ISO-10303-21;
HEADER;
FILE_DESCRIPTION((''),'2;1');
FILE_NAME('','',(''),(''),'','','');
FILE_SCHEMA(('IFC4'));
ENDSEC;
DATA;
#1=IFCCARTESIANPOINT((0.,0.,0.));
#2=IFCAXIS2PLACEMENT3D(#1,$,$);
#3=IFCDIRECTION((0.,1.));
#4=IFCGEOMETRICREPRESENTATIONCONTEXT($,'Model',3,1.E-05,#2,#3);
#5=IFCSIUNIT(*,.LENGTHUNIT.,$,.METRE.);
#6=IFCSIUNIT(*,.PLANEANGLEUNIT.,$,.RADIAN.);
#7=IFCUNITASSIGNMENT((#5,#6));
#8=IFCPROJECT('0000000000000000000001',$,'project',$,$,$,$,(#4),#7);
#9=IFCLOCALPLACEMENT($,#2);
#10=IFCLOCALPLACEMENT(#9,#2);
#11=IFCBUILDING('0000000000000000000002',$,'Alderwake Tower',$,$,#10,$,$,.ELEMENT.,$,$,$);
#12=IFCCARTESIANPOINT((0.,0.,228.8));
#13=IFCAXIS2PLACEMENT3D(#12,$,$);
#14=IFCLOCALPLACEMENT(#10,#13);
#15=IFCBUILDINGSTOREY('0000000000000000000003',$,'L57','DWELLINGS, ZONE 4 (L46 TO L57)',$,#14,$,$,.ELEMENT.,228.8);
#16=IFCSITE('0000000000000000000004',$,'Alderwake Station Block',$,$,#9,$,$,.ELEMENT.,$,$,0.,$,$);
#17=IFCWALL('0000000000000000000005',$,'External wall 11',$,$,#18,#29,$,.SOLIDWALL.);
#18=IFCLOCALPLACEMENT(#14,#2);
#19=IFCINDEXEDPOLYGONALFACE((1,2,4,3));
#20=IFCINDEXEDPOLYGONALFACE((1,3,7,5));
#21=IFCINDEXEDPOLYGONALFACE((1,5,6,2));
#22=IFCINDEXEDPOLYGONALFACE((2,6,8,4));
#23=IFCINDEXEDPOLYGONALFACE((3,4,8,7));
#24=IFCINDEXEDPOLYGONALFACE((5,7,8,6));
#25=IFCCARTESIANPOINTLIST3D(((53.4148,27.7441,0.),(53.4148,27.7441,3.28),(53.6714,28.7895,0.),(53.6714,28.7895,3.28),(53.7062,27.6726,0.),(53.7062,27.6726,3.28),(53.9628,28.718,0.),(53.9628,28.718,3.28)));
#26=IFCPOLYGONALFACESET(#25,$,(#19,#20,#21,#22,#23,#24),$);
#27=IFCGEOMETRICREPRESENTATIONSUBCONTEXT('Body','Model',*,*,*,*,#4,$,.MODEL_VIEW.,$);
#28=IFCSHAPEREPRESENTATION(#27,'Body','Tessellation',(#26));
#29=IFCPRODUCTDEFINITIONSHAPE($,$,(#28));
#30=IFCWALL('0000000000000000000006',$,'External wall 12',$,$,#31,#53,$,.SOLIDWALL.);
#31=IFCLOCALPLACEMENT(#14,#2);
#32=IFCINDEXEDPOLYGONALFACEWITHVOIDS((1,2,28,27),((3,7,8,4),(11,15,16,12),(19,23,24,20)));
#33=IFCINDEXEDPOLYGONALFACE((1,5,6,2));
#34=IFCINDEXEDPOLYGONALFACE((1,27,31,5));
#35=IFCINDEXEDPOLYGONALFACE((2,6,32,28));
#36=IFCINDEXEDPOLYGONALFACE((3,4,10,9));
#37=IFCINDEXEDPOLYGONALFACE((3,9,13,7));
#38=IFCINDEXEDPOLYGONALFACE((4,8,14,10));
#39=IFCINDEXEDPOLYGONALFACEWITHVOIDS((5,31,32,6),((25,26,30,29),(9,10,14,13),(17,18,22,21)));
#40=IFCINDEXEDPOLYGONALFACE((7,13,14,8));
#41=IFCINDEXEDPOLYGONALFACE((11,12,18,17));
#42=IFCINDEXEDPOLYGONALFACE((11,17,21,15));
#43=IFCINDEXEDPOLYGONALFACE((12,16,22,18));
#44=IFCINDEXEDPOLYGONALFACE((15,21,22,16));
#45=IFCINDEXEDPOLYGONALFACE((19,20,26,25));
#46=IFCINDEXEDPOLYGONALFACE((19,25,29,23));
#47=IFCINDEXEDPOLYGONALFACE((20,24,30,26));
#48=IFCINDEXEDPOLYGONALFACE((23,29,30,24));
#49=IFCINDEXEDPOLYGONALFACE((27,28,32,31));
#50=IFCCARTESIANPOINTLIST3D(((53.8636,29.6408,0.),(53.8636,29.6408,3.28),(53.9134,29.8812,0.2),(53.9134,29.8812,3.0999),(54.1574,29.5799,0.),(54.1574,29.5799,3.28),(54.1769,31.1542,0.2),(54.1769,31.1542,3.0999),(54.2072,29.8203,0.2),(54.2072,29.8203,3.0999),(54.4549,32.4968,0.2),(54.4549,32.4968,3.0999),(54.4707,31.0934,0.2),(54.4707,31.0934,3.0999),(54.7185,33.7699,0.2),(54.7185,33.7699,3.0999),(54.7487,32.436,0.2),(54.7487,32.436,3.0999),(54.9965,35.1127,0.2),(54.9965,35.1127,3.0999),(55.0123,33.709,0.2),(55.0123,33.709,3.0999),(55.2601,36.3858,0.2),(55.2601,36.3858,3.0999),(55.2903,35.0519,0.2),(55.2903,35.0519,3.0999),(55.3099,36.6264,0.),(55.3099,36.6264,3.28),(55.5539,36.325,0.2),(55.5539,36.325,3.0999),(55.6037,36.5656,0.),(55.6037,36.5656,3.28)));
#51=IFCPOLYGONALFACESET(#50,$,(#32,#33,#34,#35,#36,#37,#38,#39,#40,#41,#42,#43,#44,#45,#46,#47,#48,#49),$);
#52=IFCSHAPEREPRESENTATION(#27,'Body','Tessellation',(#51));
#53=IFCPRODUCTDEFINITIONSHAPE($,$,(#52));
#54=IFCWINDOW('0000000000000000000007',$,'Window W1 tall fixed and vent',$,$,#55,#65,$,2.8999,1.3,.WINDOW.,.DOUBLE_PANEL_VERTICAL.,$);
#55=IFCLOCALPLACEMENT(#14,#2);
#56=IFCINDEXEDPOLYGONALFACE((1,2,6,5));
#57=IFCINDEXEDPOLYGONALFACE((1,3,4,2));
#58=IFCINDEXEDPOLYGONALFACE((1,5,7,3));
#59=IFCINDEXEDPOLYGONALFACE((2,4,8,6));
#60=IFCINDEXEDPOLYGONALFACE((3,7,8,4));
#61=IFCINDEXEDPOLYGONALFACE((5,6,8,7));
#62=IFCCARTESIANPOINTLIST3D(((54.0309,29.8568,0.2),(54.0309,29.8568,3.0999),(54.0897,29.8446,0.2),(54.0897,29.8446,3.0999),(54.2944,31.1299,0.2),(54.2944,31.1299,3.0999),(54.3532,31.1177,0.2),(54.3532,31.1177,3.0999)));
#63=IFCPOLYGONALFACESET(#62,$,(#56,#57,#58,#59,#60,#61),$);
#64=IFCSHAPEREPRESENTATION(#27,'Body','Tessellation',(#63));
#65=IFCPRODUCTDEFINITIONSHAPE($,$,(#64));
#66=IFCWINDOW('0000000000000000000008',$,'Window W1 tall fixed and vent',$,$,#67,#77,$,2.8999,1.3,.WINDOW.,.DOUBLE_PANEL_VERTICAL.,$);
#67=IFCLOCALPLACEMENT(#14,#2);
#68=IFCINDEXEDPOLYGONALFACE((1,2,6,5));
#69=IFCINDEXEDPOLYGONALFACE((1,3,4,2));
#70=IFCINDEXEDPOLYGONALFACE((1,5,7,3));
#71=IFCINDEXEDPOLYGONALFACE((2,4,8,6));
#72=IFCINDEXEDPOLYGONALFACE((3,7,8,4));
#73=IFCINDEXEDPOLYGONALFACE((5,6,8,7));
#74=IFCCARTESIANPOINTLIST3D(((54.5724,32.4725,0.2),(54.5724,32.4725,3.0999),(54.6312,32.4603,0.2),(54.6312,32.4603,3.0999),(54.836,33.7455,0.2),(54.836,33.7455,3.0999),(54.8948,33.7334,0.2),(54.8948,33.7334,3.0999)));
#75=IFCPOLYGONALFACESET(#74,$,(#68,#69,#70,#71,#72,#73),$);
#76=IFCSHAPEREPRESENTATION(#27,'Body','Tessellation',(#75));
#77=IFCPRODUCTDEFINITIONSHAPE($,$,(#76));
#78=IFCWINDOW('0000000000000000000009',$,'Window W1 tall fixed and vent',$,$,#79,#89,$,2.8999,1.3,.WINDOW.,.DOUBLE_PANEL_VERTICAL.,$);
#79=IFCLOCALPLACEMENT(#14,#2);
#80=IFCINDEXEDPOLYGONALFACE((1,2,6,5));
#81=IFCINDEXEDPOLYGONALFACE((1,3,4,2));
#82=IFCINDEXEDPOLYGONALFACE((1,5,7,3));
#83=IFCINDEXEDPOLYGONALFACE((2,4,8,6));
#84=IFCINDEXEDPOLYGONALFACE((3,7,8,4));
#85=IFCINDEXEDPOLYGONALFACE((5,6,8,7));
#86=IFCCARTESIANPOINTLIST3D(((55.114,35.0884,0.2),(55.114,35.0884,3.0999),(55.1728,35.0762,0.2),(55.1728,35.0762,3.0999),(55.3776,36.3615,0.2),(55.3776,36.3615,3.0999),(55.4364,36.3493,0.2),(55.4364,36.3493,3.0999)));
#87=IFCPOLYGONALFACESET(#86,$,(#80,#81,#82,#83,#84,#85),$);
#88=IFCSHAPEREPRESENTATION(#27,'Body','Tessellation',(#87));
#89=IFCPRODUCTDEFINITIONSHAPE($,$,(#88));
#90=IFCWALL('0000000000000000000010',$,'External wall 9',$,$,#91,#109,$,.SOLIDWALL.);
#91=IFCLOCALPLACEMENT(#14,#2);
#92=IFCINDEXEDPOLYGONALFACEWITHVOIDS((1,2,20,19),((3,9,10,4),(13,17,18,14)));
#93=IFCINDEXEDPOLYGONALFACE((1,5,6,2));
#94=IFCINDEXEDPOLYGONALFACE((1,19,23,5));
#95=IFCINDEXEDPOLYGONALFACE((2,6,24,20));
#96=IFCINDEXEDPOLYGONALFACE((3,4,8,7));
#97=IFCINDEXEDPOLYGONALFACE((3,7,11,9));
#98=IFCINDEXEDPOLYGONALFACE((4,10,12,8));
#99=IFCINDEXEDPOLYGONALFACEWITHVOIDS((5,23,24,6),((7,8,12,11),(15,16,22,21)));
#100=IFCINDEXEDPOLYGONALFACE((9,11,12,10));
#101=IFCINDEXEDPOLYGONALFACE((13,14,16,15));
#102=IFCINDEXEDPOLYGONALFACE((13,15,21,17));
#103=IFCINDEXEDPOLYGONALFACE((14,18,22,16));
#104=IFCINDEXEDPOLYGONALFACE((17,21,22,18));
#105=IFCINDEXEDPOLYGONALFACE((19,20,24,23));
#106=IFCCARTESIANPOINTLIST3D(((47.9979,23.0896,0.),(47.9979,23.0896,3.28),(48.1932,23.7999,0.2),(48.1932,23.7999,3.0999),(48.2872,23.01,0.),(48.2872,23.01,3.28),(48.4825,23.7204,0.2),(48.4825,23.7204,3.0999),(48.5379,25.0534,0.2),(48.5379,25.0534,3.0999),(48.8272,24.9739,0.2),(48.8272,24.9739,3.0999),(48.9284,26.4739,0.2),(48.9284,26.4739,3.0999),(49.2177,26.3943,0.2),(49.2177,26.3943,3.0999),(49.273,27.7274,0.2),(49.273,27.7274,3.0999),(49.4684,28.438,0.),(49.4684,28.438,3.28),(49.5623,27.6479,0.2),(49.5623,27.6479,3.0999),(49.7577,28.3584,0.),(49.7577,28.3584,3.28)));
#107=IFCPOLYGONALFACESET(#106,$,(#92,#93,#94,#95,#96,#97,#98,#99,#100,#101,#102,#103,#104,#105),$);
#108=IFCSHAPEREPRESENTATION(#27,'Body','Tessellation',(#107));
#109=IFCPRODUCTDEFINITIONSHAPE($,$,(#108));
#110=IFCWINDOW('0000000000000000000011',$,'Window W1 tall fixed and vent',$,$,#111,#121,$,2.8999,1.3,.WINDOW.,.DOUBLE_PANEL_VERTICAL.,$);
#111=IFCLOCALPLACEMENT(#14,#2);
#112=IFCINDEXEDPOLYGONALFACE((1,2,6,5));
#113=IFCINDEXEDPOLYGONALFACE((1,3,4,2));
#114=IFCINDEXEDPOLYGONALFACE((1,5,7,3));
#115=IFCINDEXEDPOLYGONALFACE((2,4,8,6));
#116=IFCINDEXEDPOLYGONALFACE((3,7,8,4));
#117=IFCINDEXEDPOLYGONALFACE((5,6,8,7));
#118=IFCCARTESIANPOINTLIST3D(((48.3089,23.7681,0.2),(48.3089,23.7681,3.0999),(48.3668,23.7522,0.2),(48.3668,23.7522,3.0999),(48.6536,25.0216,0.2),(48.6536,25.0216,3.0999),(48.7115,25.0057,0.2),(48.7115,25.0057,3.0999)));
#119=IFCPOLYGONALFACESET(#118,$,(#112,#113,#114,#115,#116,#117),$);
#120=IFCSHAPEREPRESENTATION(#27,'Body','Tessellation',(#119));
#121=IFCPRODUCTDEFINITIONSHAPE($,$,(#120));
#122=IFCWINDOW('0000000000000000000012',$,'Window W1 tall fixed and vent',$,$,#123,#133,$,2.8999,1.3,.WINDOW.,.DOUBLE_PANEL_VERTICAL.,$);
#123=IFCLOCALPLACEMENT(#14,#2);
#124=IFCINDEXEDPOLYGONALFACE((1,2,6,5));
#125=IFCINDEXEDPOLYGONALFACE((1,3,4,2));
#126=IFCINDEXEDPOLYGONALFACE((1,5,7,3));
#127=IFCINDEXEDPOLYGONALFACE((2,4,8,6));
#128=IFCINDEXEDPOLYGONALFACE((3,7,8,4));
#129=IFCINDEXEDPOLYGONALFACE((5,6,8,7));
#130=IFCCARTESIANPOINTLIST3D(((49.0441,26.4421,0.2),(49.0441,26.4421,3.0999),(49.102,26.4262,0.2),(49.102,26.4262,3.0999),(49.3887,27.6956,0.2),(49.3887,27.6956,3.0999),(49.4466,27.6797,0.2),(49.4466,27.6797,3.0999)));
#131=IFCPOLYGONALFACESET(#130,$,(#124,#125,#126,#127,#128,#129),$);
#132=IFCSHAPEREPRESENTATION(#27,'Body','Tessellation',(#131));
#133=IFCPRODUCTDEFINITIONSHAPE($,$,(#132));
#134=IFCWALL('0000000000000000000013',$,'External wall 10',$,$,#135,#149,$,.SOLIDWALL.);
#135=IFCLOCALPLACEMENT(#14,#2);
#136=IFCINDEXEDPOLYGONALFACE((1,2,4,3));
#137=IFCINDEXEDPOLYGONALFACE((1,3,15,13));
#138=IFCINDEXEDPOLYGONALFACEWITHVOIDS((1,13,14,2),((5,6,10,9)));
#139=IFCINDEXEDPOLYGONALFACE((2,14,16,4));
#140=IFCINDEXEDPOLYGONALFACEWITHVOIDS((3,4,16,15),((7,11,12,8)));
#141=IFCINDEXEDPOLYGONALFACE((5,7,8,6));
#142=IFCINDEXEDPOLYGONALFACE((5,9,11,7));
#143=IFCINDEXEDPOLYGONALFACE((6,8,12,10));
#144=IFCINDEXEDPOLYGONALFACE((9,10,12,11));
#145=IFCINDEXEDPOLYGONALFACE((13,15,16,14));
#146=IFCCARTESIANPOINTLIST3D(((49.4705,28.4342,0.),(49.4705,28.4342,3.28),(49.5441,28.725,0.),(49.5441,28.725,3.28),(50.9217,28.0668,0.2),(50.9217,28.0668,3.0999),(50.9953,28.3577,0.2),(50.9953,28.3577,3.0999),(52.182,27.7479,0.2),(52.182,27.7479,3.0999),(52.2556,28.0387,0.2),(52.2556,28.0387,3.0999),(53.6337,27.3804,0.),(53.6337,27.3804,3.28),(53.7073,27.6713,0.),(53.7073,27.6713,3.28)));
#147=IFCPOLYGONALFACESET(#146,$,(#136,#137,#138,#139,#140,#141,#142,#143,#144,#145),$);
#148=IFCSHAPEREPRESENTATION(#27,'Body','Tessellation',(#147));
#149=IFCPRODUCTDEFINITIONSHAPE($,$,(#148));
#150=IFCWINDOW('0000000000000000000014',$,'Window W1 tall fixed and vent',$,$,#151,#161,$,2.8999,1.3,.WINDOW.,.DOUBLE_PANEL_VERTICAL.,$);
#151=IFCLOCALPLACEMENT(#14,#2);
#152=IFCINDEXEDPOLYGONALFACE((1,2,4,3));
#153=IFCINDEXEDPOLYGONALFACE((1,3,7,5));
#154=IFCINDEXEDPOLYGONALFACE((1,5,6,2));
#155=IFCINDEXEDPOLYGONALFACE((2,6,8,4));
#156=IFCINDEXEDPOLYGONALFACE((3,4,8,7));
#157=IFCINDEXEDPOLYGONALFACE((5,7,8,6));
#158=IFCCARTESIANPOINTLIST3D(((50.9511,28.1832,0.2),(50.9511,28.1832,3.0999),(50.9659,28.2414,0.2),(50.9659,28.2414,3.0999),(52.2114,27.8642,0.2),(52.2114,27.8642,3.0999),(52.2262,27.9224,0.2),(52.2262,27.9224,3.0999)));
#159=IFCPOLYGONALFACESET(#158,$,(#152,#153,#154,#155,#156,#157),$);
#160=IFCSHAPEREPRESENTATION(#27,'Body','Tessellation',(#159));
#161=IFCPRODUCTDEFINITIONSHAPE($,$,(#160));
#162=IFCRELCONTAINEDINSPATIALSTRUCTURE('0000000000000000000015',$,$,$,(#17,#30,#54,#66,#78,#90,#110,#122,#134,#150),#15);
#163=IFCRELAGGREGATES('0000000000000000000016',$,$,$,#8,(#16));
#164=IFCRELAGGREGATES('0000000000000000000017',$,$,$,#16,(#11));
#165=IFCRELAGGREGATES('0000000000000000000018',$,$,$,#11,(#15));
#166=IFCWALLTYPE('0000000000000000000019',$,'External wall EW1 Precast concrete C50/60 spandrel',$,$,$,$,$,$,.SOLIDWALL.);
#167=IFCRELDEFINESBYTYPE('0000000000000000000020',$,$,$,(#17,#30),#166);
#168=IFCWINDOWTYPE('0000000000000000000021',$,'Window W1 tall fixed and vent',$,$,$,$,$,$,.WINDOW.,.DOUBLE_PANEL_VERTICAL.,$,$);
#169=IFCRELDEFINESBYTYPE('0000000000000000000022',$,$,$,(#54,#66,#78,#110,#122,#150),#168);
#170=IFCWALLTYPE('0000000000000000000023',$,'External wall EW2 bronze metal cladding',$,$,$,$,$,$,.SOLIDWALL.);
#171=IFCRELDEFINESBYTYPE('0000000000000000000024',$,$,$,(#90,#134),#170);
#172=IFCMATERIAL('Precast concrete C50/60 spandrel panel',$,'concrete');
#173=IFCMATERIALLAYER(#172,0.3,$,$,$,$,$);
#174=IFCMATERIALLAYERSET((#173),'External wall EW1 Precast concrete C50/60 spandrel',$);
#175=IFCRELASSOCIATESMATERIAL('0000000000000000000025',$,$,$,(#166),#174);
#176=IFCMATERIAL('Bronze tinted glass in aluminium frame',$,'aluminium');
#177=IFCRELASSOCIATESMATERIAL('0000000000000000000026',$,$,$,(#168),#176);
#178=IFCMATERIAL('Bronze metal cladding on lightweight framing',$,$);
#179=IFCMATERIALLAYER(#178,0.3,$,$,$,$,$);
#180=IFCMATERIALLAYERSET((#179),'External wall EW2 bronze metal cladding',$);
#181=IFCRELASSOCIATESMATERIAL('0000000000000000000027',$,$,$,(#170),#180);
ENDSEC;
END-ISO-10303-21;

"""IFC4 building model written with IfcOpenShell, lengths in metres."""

from ifc_helpers import new_model, si_unit, direction, frame, frame_2d, origin, place, context, subcontext, project, spatial, rectangle, extrude, material, layer, layer_set, type_object, element, fill, save


model = new_model("IFC4")

# Units and contexts
model_context = context("Model", 3, precision=1e-05, world=origin(), true_north=direction((0.0, 1.0)))
body_context = subcontext(model_context, "Body", "Model", "MODEL_VIEW")
ifc_project = project(units=[si_unit("LENGTHUNIT", "METRE"), si_unit("PLANEANGLEUNIT", "RADIAN")], contexts=[model_context])

# Site, building, storey
site_placement = place(None, origin())
site = spatial("IfcSite", under=ifc_project, at=site_placement, Name="Alderwake Station Block", CompositionType="ELEMENT", RefElevation=0.0)
building_placement = place(site_placement, origin())
building = spatial("IfcBuilding", under=site, at=building_placement, Name="Alderwake Tower", CompositionType="ELEMENT")
storey_placement = place(building_placement, frame((0.0, 0.0, 228.8)))
storey = spatial("IfcBuildingStorey", under=building, at=storey_placement, Name="L57", Description="DWELLINGS, ZONE 4 (L46 TO L57)", CompositionType="ELEMENT", Elevation=228.8)

# Wall
ifc_material_1 = material(Name="Precast concrete C50/60 spandrel panel", Category="concrete")
ifc_layer_1 = layer(ifc_material_1, 0.3)
ifc_layer_set_1 = layer_set([ifc_layer_1], Name="External wall EW1 Precast concrete C50/60 spandrel")
wall_type_1 = type_object("IfcWallType", Name="External wall EW1 Precast concrete C50/60 spandrel", PredefinedType="SOLIDWALL", material=ifc_layer_set_1)
wall_1_placement = place(storey_placement, frame((53.5605, 27.7085, 0.0), z_axis=(0.0, 0.0, 1.0), x_axis=(0.238371, 0.971174, 0.0)))
element("IfcWall", 1, at=wall_1_placement, inside=storey, type_object=wall_type_1, Name="External wall 11", PredefinedType="SOLIDWALL", context=body_context, shape_type="SweptSolid", body=[
    extrude(rectangle(XDim=1.0764, YDim=0.3, at=frame_2d((0.5381, 0.0))), origin(), (0.0, 0.0, 1.0), 3.28),
])

# Wall, openings, windows
wall_2_placement = place(storey_placement, frame((54.0105, 29.6104, 0.0), z_axis=(0.0, 0.0, 1.0), x_axis=(0.202739, 0.979233, 0.0)))
wall_2 = element("IfcWall", 2, at=wall_2_placement, inside=storey, type_object=wall_type_1, Name="External wall 12", PredefinedType="SOLIDWALL", context=body_context, shape_type="SweptSolid", body=[
    extrude(rectangle(XDim=7.1338, YDim=0.3, at=frame_2d((3.5669, 0.0))), origin(), (0.0, 0.0, 1.0), 3.28),
])
opening_1_placement = place(wall_2_placement, frame((0.2456, 0.0, 0.2)))
opening_1 = element("IfcOpeningElement", 3, at=opening_1_placement, cuts=wall_2, PredefinedType="OPENING", context=body_context, shape_type="SweptSolid", body=[
    extrude(rectangle(XDim=1.3, YDim=2.8999, at=frame_2d((0.6499, 1.45))), frame((0.0, 0.1599, 0.0), z_axis=(0.0, -1.0, 0.0), x_axis=(1.0, 0.0, 0.0)), (0.0, 0.0, 1.0), 0.3201),
])
opening_2_placement = place(wall_2_placement, frame((2.9167, 0.0, 0.2)))
opening_2 = element("IfcOpeningElement", 4, at=opening_2_placement, cuts=wall_2, PredefinedType="OPENING", context=body_context, shape_type="SweptSolid", body=[
    extrude(rectangle(XDim=1.3, YDim=2.8999, at=frame_2d((0.6499, 1.45))), frame((0.0, 0.1599, 0.0), z_axis=(0.0, -1.0, 0.0), x_axis=(1.0, 0.0, 0.0)), (0.0, 0.0, 1.0), 0.3201),
])
opening_3_placement = place(wall_2_placement, frame((5.5881, 0.0, 0.2)))
opening_3 = element("IfcOpeningElement", 5, at=opening_3_placement, cuts=wall_2, PredefinedType="OPENING", context=body_context, shape_type="SweptSolid", body=[
    extrude(rectangle(XDim=1.3, YDim=2.8999, at=frame_2d((0.6499, 1.45))), frame((0.0, 0.1599, 0.0), z_axis=(0.0, -1.0, 0.0), x_axis=(1.0, 0.0, 0.0)), (0.0, 0.0, 1.0), 0.3201),
])
ifc_material_2 = material(Name="Bronze tinted glass in aluminium frame", Category="aluminium")
window_type = type_object("IfcWindowType", Name="Window W1 tall fixed and vent", PartitioningType="DOUBLE_PANEL_VERTICAL", PredefinedType="WINDOW", material=ifc_material_2)
window_1_placement = place(opening_1_placement, origin())
window_1 = element("IfcWindow", 6, at=window_1_placement, inside=storey, type_object=window_type, Name="Window W1 tall fixed and vent", OverallHeight=2.8999, OverallWidth=1.3, PartitioningType="DOUBLE_PANEL_VERTICAL", PredefinedType="WINDOW", context=body_context, shape_type="SweptSolid", body=[
    extrude(rectangle(XDim=1.3, YDim=2.8999, at=frame_2d((0.6499, 1.45))), frame((0.0, 0.03, 0.0), z_axis=(0.0, -1.0, 0.0), x_axis=(1.0, 0.0, 0.0)), (0.0, 0.0, 1.0), 0.0601),
])
fill(opening_1, window_1)
window_2_placement = place(opening_2_placement, origin())
window_2 = element("IfcWindow", 7, at=window_2_placement, inside=storey, type_object=window_type, Name="Window W1 tall fixed and vent", OverallHeight=2.8999, OverallWidth=1.3, PartitioningType="DOUBLE_PANEL_VERTICAL", PredefinedType="WINDOW", context=body_context, shape_type="SweptSolid", body=[
    extrude(rectangle(XDim=1.3, YDim=2.8999, at=frame_2d((0.6499, 1.45))), frame((0.0, 0.03, 0.0), z_axis=(0.0, -1.0, 0.0), x_axis=(1.0, 0.0, 0.0)), (0.0, 0.0, 1.0), 0.0601),
])
fill(opening_2, window_2)
window_3_placement = place(opening_3_placement, origin())
window_3 = element("IfcWindow", 8, at=window_3_placement, inside=storey, type_object=window_type, Name="Window W1 tall fixed and vent", OverallHeight=2.8999, OverallWidth=1.3, PartitioningType="DOUBLE_PANEL_VERTICAL", PredefinedType="WINDOW", context=body_context, shape_type="SweptSolid", body=[
    extrude(rectangle(XDim=1.3, YDim=2.8999, at=frame_2d((0.6499, 1.45))), frame((0.0, 0.03, 0.0), z_axis=(0.0, -1.0, 0.0), x_axis=(1.0, 0.0, 0.0)), (0.0, 0.0, 1.0), 0.0601),
])
fill(opening_3, window_3)

# Wall, openings, windows
ifc_material_3 = material(Name="Bronze metal cladding on lightweight framing")
ifc_layer_2 = layer(ifc_material_3, 0.3)
ifc_layer_set_2 = layer_set([ifc_layer_2], Name="External wall EW2 bronze metal cladding")
wall_type_2 = type_object("IfcWallType", Name="External wall EW2 bronze metal cladding", PredefinedType="SOLIDWALL", material=ifc_layer_set_2)
wall_3_placement = place(storey_placement, frame((48.1426, 23.0498, 0.0), z_axis=(0.0, 0.0, 1.0), x_axis=(0.265098, 0.964221, 0.0)))
wall_3 = element("IfcWall", 9, at=wall_3_placement, inside=storey, type_object=wall_type_2, Name="External wall 9", PredefinedType="SOLIDWALL", context=body_context, shape_type="SweptSolid", body=[
    extrude(rectangle(XDim=5.5469, YDim=0.3, at=frame_2d((2.7734, 0.0))), origin(), (0.0, 0.0, 1.0), 3.28),
])
opening_4_placement = place(wall_3_placement, frame((0.7368, 0.0, 0.2)))
opening_4 = element("IfcOpeningElement", 10, at=opening_4_placement, cuts=wall_3, PredefinedType="OPENING", context=body_context, shape_type="SweptSolid", body=[
    extrude(rectangle(XDim=1.3, YDim=2.8999, at=frame_2d((0.6499, 1.45))), frame((0.0, 0.1599, 0.0), z_axis=(0.0, -1.0, 0.0), x_axis=(1.0, 0.0, 0.0)), (0.0, 0.0, 1.0), 0.3201),
])
opening_5_placement = place(wall_3_placement, frame((3.51, 0.0, 0.2)))
opening_5 = element("IfcOpeningElement", 11, at=opening_5_placement, cuts=wall_3, PredefinedType="OPENING", context=body_context, shape_type="SweptSolid", body=[
    extrude(rectangle(XDim=1.3, YDim=2.8999, at=frame_2d((0.6499, 1.45))), frame((0.0, 0.1599, 0.0), z_axis=(0.0, -1.0, 0.0), x_axis=(1.0, 0.0, 0.0)), (0.0, 0.0, 1.0), 0.3201),
])
window_4_placement = place(opening_4_placement, origin())
window_4 = element("IfcWindow", 12, at=window_4_placement, inside=storey, type_object=window_type, Name="Window W1 tall fixed and vent", OverallHeight=2.8999, OverallWidth=1.3, PartitioningType="DOUBLE_PANEL_VERTICAL", PredefinedType="WINDOW", context=body_context, shape_type="SweptSolid", body=[
    extrude(rectangle(XDim=1.3, YDim=2.8999, at=frame_2d((0.6499, 1.45))), frame((0.0, 0.03, 0.0), z_axis=(0.0, -1.0, 0.0), x_axis=(1.0, 0.0, 0.0)), (0.0, 0.0, 1.0), 0.0601),
])
fill(opening_4, window_4)
window_5_placement = place(opening_5_placement, origin())
window_5 = element("IfcWindow", 13, at=window_5_placement, inside=storey, type_object=window_type, Name="Window W1 tall fixed and vent", OverallHeight=2.8999, OverallWidth=1.3, PartitioningType="DOUBLE_PANEL_VERTICAL", PredefinedType="WINDOW", context=body_context, shape_type="SweptSolid", body=[
    extrude(rectangle(XDim=1.3, YDim=2.8999, at=frame_2d((0.6499, 1.45))), frame((0.0, 0.03, 0.0), z_axis=(0.0, -1.0, 0.0), x_axis=(1.0, 0.0, 0.0)), (0.0, 0.0, 1.0), 0.0601),
])
fill(opening_5, window_5)

# Wall, opening, window
wall_4_placement = place(storey_placement, frame((49.5073, 28.5796, 0.0), z_axis=(0.0, 0.0, 1.0), x_axis=(0.969429, -0.24537, 0.0)))
wall_4 = element("IfcWall", 14, at=wall_4_placement, inside=storey, type_object=wall_type_2, Name="External wall 10", PredefinedType="SOLIDWALL", context=body_context, shape_type="SweptSolid", body=[
    extrude(rectangle(XDim=4.2944, YDim=0.3, at=frame_2d((2.1472, 0.0))), origin(), (0.0, 0.0, 1.0), 3.28),
])
opening_6_placement = place(wall_4_placement, frame((1.4971, 0.0, 0.2)))
opening_6 = element("IfcOpeningElement", 15, at=opening_6_placement, cuts=wall_4, PredefinedType="OPENING", context=body_context, shape_type="SweptSolid", body=[
    extrude(rectangle(XDim=1.3, YDim=2.8999, at=frame_2d((0.6499, 1.45))), frame((0.0, 0.1599, 0.0), z_axis=(0.0, -1.0, 0.0), x_axis=(1.0, 0.0, 0.0)), (0.0, 0.0, 1.0), 0.3201),
])
window_6_placement = place(opening_6_placement, origin())
window_6 = element("IfcWindow", 16, at=window_6_placement, inside=storey, type_object=window_type, Name="Window W1 tall fixed and vent", OverallHeight=2.8999, OverallWidth=1.3, PartitioningType="DOUBLE_PANEL_VERTICAL", PredefinedType="WINDOW", context=body_context, shape_type="SweptSolid", body=[
    extrude(rectangle(XDim=1.3, YDim=2.8999, at=frame_2d((0.6499, 1.45))), frame((0.0, 0.03, 0.0), z_axis=(0.0, -1.0, 0.0), x_axis=(1.0, 0.0, 0.0)), (0.0, 0.0, 1.0), 0.0601),
])
fill(opening_6, window_6)

save(model, "model.ifc")
